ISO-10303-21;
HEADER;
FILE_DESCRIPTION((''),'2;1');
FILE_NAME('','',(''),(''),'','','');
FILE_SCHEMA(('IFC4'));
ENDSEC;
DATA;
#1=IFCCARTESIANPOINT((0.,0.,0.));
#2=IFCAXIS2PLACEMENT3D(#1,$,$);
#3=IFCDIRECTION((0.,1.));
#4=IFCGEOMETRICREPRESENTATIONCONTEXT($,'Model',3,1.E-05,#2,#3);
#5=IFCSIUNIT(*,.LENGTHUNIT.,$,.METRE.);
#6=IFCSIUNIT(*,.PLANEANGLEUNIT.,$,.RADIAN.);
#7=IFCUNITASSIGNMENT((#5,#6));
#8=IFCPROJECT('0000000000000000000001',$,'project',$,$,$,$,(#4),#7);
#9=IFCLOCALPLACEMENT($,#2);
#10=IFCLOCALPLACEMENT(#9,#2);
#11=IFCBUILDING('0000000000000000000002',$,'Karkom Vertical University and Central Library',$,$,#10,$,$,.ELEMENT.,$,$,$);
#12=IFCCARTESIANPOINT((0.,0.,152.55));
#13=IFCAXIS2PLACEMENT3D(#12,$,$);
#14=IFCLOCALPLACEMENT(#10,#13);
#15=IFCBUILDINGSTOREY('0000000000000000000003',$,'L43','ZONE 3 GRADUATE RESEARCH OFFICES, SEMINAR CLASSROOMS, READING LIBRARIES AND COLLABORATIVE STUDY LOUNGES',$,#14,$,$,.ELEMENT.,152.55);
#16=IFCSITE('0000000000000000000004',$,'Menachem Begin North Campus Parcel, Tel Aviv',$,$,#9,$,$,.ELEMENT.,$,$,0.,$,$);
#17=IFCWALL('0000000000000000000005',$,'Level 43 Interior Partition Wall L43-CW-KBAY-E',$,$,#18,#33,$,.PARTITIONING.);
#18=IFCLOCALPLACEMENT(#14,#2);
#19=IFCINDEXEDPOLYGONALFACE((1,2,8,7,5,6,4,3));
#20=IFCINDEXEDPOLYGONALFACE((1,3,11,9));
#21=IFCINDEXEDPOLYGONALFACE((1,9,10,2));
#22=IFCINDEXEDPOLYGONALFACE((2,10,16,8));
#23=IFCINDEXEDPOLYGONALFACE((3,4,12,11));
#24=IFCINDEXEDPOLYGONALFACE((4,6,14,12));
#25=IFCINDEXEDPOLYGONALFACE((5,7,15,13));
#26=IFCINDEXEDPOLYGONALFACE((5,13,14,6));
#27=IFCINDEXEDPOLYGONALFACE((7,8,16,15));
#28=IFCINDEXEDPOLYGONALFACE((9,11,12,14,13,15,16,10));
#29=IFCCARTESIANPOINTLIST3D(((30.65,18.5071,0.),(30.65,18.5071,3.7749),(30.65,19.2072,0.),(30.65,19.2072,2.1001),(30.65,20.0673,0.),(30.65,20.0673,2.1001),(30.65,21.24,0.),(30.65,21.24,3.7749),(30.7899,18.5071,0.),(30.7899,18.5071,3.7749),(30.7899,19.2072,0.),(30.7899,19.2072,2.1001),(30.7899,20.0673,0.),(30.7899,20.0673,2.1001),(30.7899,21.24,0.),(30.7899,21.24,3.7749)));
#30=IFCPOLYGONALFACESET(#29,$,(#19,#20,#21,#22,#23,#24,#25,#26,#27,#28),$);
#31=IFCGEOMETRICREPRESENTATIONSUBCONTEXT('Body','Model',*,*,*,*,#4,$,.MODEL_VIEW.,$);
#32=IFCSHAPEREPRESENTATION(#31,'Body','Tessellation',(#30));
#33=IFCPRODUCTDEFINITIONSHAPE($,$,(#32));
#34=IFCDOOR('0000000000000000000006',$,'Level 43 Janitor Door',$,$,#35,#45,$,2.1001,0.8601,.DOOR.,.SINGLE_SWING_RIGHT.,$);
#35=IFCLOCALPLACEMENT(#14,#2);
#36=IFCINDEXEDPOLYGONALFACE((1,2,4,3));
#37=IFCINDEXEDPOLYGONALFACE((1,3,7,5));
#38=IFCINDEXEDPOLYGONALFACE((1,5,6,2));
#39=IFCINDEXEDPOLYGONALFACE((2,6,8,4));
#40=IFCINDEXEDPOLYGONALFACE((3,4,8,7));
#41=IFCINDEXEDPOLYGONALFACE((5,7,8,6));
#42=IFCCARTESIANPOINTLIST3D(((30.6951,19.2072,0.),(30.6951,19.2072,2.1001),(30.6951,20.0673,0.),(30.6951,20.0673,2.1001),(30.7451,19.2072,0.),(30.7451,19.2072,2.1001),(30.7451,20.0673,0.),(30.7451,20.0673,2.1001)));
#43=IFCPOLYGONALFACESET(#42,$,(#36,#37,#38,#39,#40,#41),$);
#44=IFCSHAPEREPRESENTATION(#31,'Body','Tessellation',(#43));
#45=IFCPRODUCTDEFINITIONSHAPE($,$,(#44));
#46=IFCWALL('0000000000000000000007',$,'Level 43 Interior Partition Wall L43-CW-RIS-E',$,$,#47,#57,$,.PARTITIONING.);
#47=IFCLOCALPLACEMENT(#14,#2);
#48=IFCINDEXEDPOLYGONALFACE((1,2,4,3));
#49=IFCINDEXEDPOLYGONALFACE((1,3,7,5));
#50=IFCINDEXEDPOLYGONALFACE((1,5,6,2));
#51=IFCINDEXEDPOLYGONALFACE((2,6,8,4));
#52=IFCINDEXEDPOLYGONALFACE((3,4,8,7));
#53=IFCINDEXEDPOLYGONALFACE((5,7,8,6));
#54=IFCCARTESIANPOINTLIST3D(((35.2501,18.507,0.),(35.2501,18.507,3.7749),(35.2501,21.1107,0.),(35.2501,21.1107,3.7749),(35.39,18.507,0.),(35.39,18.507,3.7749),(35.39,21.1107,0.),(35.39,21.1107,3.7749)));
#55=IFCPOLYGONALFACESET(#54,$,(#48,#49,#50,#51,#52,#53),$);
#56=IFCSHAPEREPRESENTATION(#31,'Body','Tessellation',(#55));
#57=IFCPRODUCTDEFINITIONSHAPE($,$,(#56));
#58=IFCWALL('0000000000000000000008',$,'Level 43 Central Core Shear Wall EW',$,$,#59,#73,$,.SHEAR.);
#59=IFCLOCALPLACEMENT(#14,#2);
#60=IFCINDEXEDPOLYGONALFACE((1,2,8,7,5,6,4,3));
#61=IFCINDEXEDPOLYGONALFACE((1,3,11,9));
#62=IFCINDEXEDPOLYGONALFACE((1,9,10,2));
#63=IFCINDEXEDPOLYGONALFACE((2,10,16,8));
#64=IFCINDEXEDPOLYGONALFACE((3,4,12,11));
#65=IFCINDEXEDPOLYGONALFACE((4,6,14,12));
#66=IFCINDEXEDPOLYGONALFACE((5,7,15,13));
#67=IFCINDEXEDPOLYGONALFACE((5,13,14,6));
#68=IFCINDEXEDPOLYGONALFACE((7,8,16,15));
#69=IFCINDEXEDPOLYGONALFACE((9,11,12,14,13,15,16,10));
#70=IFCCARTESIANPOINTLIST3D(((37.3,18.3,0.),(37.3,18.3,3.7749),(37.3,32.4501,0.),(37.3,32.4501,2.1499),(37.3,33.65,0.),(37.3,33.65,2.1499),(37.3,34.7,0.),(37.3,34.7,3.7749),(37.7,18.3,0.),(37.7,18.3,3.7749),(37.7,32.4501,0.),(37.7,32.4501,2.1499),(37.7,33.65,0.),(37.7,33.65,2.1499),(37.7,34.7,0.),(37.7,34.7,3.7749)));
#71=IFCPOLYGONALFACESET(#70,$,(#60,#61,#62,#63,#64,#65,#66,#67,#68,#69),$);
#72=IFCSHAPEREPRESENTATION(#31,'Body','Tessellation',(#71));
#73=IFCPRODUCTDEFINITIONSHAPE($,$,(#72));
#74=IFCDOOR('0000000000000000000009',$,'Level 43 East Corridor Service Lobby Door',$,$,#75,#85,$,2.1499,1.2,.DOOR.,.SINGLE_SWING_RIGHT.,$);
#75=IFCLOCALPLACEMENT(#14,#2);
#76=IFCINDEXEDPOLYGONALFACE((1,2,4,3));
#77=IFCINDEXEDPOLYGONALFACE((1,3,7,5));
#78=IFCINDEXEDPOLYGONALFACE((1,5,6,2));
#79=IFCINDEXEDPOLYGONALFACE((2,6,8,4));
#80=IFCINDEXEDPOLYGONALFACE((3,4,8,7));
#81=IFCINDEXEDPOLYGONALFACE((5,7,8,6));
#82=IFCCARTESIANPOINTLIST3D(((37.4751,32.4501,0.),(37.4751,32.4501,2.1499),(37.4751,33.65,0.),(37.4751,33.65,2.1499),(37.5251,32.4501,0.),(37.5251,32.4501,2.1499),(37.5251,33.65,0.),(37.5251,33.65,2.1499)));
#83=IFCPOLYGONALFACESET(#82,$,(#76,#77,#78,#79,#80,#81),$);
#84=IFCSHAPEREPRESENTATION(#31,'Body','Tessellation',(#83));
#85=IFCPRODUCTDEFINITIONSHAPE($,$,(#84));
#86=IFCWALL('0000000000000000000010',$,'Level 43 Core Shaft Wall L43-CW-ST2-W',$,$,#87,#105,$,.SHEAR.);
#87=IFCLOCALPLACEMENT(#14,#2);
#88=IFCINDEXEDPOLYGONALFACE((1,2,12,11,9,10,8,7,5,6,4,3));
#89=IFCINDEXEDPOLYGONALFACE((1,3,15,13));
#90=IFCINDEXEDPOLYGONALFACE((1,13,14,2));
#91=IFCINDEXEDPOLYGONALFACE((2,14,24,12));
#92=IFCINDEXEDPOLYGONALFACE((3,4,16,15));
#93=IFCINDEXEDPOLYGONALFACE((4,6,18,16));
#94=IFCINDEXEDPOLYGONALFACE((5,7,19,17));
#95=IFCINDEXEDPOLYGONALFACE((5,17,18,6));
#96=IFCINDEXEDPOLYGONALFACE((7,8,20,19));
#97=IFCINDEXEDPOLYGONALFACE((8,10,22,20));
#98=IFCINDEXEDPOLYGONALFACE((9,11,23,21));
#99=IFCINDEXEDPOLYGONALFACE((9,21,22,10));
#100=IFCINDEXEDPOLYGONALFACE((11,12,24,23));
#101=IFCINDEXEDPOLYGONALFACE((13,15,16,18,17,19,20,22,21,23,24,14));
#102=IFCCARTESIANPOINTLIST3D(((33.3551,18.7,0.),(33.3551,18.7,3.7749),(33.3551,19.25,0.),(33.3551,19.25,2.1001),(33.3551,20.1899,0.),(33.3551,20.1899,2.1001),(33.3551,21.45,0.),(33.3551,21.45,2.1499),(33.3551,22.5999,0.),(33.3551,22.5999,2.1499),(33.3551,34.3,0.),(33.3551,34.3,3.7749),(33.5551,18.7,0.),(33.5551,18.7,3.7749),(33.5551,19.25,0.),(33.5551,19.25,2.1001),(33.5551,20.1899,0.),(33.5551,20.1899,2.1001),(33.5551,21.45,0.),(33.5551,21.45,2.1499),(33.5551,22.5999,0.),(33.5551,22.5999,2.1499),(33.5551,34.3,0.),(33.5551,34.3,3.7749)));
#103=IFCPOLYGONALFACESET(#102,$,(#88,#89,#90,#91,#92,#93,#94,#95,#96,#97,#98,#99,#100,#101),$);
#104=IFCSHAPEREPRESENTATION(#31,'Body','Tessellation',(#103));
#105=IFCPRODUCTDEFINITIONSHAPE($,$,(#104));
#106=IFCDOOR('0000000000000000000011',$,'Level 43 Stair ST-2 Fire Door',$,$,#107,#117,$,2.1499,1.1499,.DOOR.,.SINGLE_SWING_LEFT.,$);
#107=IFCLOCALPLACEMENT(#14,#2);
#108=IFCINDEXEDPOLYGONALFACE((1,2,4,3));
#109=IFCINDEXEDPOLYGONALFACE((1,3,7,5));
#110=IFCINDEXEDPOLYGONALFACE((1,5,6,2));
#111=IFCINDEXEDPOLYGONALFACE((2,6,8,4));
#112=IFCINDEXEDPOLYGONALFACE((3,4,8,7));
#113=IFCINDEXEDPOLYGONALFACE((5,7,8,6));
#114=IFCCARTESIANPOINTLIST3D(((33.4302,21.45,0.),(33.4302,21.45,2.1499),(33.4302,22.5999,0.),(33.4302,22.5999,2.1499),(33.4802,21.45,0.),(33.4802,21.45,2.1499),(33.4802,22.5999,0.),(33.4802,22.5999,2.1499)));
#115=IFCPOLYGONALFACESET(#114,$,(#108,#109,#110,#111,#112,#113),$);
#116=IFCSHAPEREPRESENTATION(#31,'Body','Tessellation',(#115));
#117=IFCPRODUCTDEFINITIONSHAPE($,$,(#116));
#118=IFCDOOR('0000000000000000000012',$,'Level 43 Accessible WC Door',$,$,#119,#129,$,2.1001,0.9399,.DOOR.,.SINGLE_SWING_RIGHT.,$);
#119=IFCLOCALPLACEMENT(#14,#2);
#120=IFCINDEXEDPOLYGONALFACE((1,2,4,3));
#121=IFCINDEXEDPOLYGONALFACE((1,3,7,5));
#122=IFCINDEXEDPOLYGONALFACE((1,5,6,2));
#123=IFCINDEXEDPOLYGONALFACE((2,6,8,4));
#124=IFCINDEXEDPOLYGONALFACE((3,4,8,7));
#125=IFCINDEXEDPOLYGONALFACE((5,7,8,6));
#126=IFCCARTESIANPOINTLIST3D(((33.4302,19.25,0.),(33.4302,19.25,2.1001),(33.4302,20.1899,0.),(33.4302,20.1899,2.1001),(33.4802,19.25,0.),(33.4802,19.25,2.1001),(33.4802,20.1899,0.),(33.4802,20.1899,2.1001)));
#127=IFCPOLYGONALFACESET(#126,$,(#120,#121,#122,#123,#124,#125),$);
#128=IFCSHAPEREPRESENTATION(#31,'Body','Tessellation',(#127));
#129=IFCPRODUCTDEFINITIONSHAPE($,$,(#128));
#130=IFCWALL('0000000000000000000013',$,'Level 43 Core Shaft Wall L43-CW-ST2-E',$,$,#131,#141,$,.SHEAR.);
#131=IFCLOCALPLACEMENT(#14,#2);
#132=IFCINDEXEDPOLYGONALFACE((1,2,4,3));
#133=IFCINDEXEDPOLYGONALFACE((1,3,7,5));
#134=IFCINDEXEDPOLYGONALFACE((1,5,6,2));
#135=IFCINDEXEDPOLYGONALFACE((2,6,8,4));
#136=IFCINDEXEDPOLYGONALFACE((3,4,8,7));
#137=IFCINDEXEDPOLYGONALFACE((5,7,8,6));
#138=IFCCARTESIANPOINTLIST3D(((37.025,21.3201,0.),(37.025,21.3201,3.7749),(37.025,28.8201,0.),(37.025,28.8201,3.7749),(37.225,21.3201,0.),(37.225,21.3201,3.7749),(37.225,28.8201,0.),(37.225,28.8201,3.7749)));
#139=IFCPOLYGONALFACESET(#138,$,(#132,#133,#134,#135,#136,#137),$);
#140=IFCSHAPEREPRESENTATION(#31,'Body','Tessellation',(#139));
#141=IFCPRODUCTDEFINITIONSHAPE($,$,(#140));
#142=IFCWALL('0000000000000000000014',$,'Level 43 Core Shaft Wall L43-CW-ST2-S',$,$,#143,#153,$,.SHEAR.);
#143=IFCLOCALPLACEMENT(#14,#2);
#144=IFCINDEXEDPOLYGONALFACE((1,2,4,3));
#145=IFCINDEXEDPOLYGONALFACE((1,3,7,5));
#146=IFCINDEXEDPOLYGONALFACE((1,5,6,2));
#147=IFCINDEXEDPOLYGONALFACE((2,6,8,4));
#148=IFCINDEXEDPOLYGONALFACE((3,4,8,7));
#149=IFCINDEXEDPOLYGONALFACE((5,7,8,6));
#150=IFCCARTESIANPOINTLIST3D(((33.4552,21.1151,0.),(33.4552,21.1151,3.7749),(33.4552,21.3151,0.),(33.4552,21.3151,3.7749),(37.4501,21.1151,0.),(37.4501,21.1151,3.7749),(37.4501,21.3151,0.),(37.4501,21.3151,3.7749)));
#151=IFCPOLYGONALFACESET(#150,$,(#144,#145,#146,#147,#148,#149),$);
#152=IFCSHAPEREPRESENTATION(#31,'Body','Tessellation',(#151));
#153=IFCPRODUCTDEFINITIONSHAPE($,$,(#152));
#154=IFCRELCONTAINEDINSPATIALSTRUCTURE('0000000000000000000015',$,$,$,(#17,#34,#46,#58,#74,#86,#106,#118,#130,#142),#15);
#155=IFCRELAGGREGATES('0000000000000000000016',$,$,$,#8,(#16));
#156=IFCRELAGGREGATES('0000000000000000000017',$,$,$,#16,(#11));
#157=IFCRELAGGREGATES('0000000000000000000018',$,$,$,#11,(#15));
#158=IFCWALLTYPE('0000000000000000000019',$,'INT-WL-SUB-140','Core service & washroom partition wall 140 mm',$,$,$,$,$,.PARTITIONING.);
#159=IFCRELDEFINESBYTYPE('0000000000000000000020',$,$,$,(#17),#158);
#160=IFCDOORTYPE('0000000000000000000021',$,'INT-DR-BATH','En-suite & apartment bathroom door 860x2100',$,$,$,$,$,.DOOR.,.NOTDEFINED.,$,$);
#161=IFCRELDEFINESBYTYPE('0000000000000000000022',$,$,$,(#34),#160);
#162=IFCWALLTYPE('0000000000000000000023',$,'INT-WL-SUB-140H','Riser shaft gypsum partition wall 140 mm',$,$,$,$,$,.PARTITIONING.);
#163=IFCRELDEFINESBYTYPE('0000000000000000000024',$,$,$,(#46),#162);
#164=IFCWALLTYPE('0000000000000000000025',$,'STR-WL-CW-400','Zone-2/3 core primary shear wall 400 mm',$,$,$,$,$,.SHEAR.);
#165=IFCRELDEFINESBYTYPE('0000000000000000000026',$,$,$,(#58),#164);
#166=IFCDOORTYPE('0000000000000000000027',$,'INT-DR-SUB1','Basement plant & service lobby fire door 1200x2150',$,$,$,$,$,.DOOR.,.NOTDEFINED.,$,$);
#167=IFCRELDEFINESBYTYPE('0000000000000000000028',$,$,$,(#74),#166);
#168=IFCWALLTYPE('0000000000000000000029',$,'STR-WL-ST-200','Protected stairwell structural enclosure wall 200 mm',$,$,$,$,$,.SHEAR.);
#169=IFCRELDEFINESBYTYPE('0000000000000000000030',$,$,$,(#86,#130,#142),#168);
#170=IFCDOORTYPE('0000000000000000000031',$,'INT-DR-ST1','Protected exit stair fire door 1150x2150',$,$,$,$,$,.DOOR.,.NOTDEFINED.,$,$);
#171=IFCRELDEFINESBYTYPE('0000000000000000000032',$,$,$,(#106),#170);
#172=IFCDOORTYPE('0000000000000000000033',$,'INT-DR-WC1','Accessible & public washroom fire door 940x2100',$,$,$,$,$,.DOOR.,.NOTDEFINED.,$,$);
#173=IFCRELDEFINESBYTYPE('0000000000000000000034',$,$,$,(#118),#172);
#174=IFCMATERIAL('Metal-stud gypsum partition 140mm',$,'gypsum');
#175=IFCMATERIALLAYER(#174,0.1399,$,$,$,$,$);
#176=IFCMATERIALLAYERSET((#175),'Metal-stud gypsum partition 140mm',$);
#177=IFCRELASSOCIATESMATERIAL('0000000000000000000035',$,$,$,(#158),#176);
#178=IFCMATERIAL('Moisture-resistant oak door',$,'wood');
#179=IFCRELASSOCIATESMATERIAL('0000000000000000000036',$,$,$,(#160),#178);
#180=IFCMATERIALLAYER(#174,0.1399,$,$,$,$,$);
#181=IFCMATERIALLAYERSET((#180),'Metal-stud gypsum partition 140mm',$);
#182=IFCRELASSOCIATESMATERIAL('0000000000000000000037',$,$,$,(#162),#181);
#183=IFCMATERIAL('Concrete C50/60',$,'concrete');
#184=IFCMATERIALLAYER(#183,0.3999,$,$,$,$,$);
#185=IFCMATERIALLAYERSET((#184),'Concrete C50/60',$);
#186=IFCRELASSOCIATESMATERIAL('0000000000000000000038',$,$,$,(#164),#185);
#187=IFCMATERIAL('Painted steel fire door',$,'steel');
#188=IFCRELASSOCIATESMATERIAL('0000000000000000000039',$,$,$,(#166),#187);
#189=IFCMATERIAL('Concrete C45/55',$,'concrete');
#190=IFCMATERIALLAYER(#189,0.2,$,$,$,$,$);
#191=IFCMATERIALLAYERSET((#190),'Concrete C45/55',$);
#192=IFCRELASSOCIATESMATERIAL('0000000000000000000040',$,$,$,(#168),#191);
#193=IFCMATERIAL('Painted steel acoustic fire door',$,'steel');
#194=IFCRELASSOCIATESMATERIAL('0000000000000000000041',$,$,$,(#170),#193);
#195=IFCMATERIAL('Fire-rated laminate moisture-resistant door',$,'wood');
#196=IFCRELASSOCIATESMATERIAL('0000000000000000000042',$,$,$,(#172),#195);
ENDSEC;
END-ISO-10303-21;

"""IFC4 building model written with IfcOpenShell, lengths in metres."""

from ifc_helpers import new_model, si_unit, direction, frame, frame_2d, origin, origin_with_axes, place, context, subcontext, project, spatial, rectangle, extrude, source, transform, mapped, material, layer, layer_set, type_object, element, fill, save


model = new_model("IFC4")

# Units and contexts
model_context = context("Model", 3, precision=1e-05, world=origin(), true_north=direction((0.0, 1.0)))
body_context = subcontext(model_context, "Body", "Model", "MODEL_VIEW")
ifc_project = project(units=[si_unit("LENGTHUNIT", "METRE"), si_unit("PLANEANGLEUNIT", "RADIAN")], contexts=[model_context])

# Site, building, storey
site_placement = place(None, origin())
site = spatial("IfcSite", under=ifc_project, at=site_placement, Name="Menachem Begin North Campus Parcel, Tel Aviv", CompositionType="ELEMENT", RefElevation=0.0)
building_placement = place(site_placement, origin())
building = spatial("IfcBuilding", under=site, at=building_placement, Name="Karkom Vertical University and Central Library", CompositionType="ELEMENT")
storey_placement = place(building_placement, frame((0.0, 0.0, 152.55)))
storey = spatial("IfcBuildingStorey", under=building, at=storey_placement, Name="L43", Description="ZONE 3 GRADUATE RESEARCH OFFICES, SEMINAR CLASSROOMS, READING LIBRARIES AND COLLABORATIVE STUDY LOUNGES", CompositionType="ELEMENT", Elevation=152.55)

# Shared definitions
ifc_material_1 = material(Name="Concrete C50/60", Category="concrete")

# Wall, opening, door
ifc_material_2 = material(Name="Metal-stud gypsum partition 140mm", Category="gypsum")
ifc_layer_1 = layer(ifc_material_2, 0.1399)
ifc_layer_set_1 = layer_set([ifc_layer_1], Name="Metal-stud gypsum partition 140mm")
wall_type_1 = type_object("IfcWallType", Name="INT-WL-SUB-140", Description="Core service & washroom partition wall 140 mm", PredefinedType="PARTITIONING", material=ifc_layer_set_1)
wall_1_placement = place(storey_placement, frame((30.72, 18.5071, 0.0), z_axis=(0.0, 0.0, 1.0), x_axis=(0.0, 1.0, 0.0)))
wall_1 = element("IfcWall", 1, at=wall_1_placement, inside=storey, type_object=wall_type_1, Name="Level 43 Interior Partition Wall L43-CW-KBAY-E", PredefinedType="PARTITIONING", context=body_context, shape_type="SweptSolid", body=[
    extrude(rectangle(XDim=2.7329, YDim=0.1399, at=frame_2d((1.3665, 0.0))), origin(), (0.0, 0.0, 1.0), 3.7749),
])
opening_1_placement = place(wall_1_placement, frame((0.7, 0.0, 0.0)))
opening_1 = element("IfcOpeningElement", 2, at=opening_1_placement, cuts=wall_1, PredefinedType="OPENING", context=body_context, shape_type="SweptSolid", body=[
    extrude(rectangle(XDim=0.8601, YDim=2.1001, at=frame_2d((0.4302, 1.05))), frame((0.0, 0.0801, 0.0), z_axis=(0.0, -1.0, 0.0), x_axis=(1.0, 0.0, 0.0)), (0.0, 0.0, 1.0), 0.1599),
])
ifc_material_3 = material(Name="Moisture-resistant oak door", Category="wood")
door_type_1 = type_object("IfcDoorType", Name="INT-DR-BATH", Description="En-suite & apartment bathroom door 860x2100", OperationType="NOTDEFINED", PredefinedType="DOOR", material=ifc_material_3)
shared_shape_1 = source(origin_with_axes(), body_context, "Body", "SweptSolid", [
    extrude(rectangle(XDim=0.8601, YDim=2.1001, at=frame_2d((0.4302, 1.05))), frame((0.0, 0.0249, 0.0), z_axis=(0.0, -1.0, 0.0), x_axis=(1.0, 0.0, 0.0)), (0.0, 0.0, 1.0), 0.05),
])
door_1_placement = place(opening_1_placement, origin())
door_1 = element("IfcDoor", 3, at=door_1_placement, inside=storey, type_object=door_type_1, Name="Level 43 Janitor Door", OperationType="SINGLE_SWING_RIGHT", OverallHeight=2.1001, OverallWidth=0.8601, PredefinedType="DOOR", context=body_context, shape_type="MappedRepresentation", body=[
    mapped(shared_shape_1, transform((0.0, 0.0, 0.0), scale=1.0)),
])
fill(opening_1, door_1)

# Wall
ifc_layer_2 = layer(ifc_material_2, 0.1399)
ifc_layer_set_2 = layer_set([ifc_layer_2], Name="Metal-stud gypsum partition 140mm")
wall_type_2 = type_object("IfcWallType", Name="INT-WL-SUB-140H", Description="Riser shaft gypsum partition wall 140 mm", PredefinedType="PARTITIONING", material=ifc_layer_set_2)
wall_2_placement = place(storey_placement, frame((35.3201, 18.5071, 0.0), z_axis=(0.0, 0.0, 1.0), x_axis=(0.0, 1.0, 0.0)))
element("IfcWall", 4, at=wall_2_placement, inside=storey, type_object=wall_type_2, Name="Level 43 Interior Partition Wall L43-CW-RIS-E", PredefinedType="PARTITIONING", context=body_context, shape_type="SweptSolid", body=[
    extrude(rectangle(XDim=2.6038, YDim=0.1399, at=frame_2d((1.3018, 0.0))), origin(), (0.0, 0.0, 1.0), 3.7749),
])

# Wall, opening, door
ifc_layer_3 = layer(ifc_material_1, 0.3999)
ifc_layer_set_3 = layer_set([ifc_layer_3], Name="Concrete C50/60")
wall_type_3 = type_object("IfcWallType", Name="STR-WL-CW-400", Description="Zone-2/3 core primary shear wall 400 mm", PredefinedType="SHEAR", material=ifc_layer_set_3)
wall_3_placement = place(storey_placement, frame((37.5, 18.3, 0.0), z_axis=(0.0, 0.0, 1.0), x_axis=(0.0, 1.0, 0.0)))
wall_3 = element("IfcWall", 5, at=wall_3_placement, inside=storey, type_object=wall_type_3, Name="Level 43 Central Core Shear Wall EW", PredefinedType="SHEAR", context=body_context, shape_type="SweptSolid", body=[
    extrude(rectangle(XDim=16.3999, YDim=0.3999, at=frame_2d((8.2, 0.0))), origin(), (0.0, 0.0, 1.0), 3.7749),
])
opening_2_placement = place(wall_3_placement, frame((14.1499, 0.0, 0.0)))
opening_2 = element("IfcOpeningElement", 6, at=opening_2_placement, cuts=wall_3, PredefinedType="OPENING", context=body_context, shape_type="SweptSolid", body=[
    extrude(rectangle(XDim=1.2, YDim=2.1499, at=frame_2d((0.6001, 1.075))), frame((0.0, 0.21, 0.0), z_axis=(0.0, -1.0, 0.0), x_axis=(1.0, 0.0, 0.0)), (0.0, 0.0, 1.0), 0.4199),
])
ifc_material_4 = material(Name="Painted steel fire door", Category="steel")
door_type_2 = type_object("IfcDoorType", Name="INT-DR-SUB1", Description="Basement plant & service lobby fire door 1200x2150", OperationType="NOTDEFINED", PredefinedType="DOOR", material=ifc_material_4)
shared_shape_2 = source(origin_with_axes(), body_context, "Body", "SweptSolid", [
    extrude(rectangle(XDim=1.2, YDim=2.1499, at=frame_2d((0.6001, 1.075))), frame((0.0, 0.0249, 0.0), z_axis=(0.0, -1.0, 0.0), x_axis=(1.0, 0.0, 0.0)), (0.0, 0.0, 1.0), 0.05),
])
door_2_placement = place(opening_2_placement, origin())
door_2 = element("IfcDoor", 7, at=door_2_placement, inside=storey, type_object=door_type_2, Name="Level 43 East Corridor Service Lobby Door", OperationType="SINGLE_SWING_RIGHT", OverallHeight=2.1499, OverallWidth=1.2, PredefinedType="DOOR", context=body_context, shape_type="MappedRepresentation", body=[
    mapped(shared_shape_2, transform((0.0, 0.0, 0.0), scale=1.0)),
])
fill(opening_2, door_2)

# Wall, openings, doors
ifc_material_5 = material(Name="Concrete C45/55", Category="concrete")
ifc_layer_4 = layer(ifc_material_5, 0.2)
ifc_layer_set_4 = layer_set([ifc_layer_4], Name="Concrete C45/55")
wall_type_4 = type_object("IfcWallType", Name="STR-WL-ST-200", Description="Protected stairwell structural enclosure wall 200 mm", PredefinedType="SHEAR", material=ifc_layer_set_4)
wall_4_placement = place(storey_placement, frame((33.4551, 18.7, 0.0), z_axis=(0.0, 0.0, 1.0), x_axis=(0.0, 1.0, 0.0)))
wall_4 = element("IfcWall", 8, at=wall_4_placement, inside=storey, type_object=wall_type_4, Name="Level 43 Core Shaft Wall L43-CW-ST2-W", PredefinedType="SHEAR", context=body_context, shape_type="SweptSolid", body=[
    extrude(rectangle(XDim=15.6001, YDim=0.2, at=frame_2d((7.8, 0.0))), origin(), (0.0, 0.0, 1.0), 3.7749),
])
opening_3_placement = place(wall_4_placement, frame((2.75, 0.0, 0.0)))
opening_3 = element("IfcOpeningElement", 9, at=opening_3_placement, cuts=wall_4, PredefinedType="OPENING", context=body_context, shape_type="SweptSolid", body=[
    extrude(rectangle(XDim=1.1499, YDim=2.1499, at=frame_2d((0.575, 1.075))), frame((0.0, 0.1099, 0.0), z_axis=(0.0, -1.0, 0.0), x_axis=(1.0, 0.0, 0.0)), (0.0, 0.0, 1.0), 0.22),
])
opening_4_placement = place(wall_4_placement, frame((0.55, 0.0, 0.0)))
opening_4 = element("IfcOpeningElement", 10, at=opening_4_placement, cuts=wall_4, PredefinedType="OPENING", context=body_context, shape_type="SweptSolid", body=[
    extrude(rectangle(XDim=0.9399, YDim=2.1001, at=frame_2d((0.47, 1.05))), frame((0.0, 0.1099, 0.0), z_axis=(0.0, -1.0, 0.0), x_axis=(1.0, 0.0, 0.0)), (0.0, 0.0, 1.0), 0.22),
])
ifc_material_6 = material(Name="Painted steel acoustic fire door", Category="steel")
door_type_3 = type_object("IfcDoorType", Name="INT-DR-ST1", Description="Protected exit stair fire door 1150x2150", OperationType="NOTDEFINED", PredefinedType="DOOR", material=ifc_material_6)
shared_shape_3 = source(origin_with_axes(), body_context, "Body", "SweptSolid", [
    extrude(rectangle(XDim=1.1499, YDim=2.1499, at=frame_2d((0.575, 1.075))), frame((0.0, 0.0249, 0.0), z_axis=(0.0, -1.0, 0.0), x_axis=(1.0, 0.0, 0.0)), (0.0, 0.0, 1.0), 0.05),
])
door_3_placement = place(opening_3_placement, origin())
door_3 = element("IfcDoor", 11, at=door_3_placement, inside=storey, type_object=door_type_3, Name="Level 43 Stair ST-2 Fire Door", OperationType="SINGLE_SWING_LEFT", OverallHeight=2.1499, OverallWidth=1.1499, PredefinedType="DOOR", context=body_context, shape_type="MappedRepresentation", body=[
    mapped(shared_shape_3, transform((0.0, 0.0, 0.0), scale=1.0)),
])
fill(opening_3, door_3)
ifc_material_7 = material(Name="Fire-rated laminate moisture-resistant door", Category="wood")
door_type_4 = type_object("IfcDoorType", Name="INT-DR-WC1", Description="Accessible & public washroom fire door 940x2100", OperationType="NOTDEFINED", PredefinedType="DOOR", material=ifc_material_7)
shared_shape_4 = source(origin_with_axes(), body_context, "Body", "SweptSolid", [
    extrude(rectangle(XDim=0.9399, YDim=2.1001, at=frame_2d((0.47, 1.05))), frame((0.0, 0.0249, 0.0), z_axis=(0.0, -1.0, 0.0), x_axis=(1.0, 0.0, 0.0)), (0.0, 0.0, 1.0), 0.05),
])
door_4_placement = place(opening_4_placement, origin())
door_4 = element("IfcDoor", 12, at=door_4_placement, inside=storey, type_object=door_type_4, Name="Level 43 Accessible WC Door", OperationType="SINGLE_SWING_RIGHT", OverallHeight=2.1001, OverallWidth=0.9399, PredefinedType="DOOR", context=body_context, shape_type="MappedRepresentation", body=[
    mapped(shared_shape_4, transform((0.0, 0.0, 0.0), scale=1.0)),
])
fill(opening_4, door_4)

# Walls
wall_5_placement = place(storey_placement, frame((37.125, 21.3201, 0.0), z_axis=(0.0, 0.0, 1.0), x_axis=(0.0, 1.0, 0.0)))
element("IfcWall", 13, at=wall_5_placement, inside=storey, type_object=wall_type_4, Name="Level 43 Core Shaft Wall L43-CW-ST2-E", PredefinedType="SHEAR", context=body_context, shape_type="SweptSolid", body=[
    extrude(rectangle(XDim=7.5, YDim=0.2, at=frame_2d((3.75, 0.0))), origin(), (0.0, 0.0, 1.0), 3.7749),
])
wall_6_placement = place(storey_placement, frame((33.4551, 21.2151, 0.0), z_axis=(0.0, 0.0, 1.0), x_axis=(1.0, 0.0, 0.0)))
element("IfcWall", 14, at=wall_6_placement, inside=storey, type_object=wall_type_4, Name="Level 43 Core Shaft Wall L43-CW-ST2-S", PredefinedType="SHEAR", context=body_context, shape_type="SweptSolid", body=[
    extrude(rectangle(XDim=3.9949, YDim=0.2, at=frame_2d((1.9976, 0.0))), origin(), (0.0, 0.0, 1.0), 3.7749),
])

save(model, "model.ifc")
